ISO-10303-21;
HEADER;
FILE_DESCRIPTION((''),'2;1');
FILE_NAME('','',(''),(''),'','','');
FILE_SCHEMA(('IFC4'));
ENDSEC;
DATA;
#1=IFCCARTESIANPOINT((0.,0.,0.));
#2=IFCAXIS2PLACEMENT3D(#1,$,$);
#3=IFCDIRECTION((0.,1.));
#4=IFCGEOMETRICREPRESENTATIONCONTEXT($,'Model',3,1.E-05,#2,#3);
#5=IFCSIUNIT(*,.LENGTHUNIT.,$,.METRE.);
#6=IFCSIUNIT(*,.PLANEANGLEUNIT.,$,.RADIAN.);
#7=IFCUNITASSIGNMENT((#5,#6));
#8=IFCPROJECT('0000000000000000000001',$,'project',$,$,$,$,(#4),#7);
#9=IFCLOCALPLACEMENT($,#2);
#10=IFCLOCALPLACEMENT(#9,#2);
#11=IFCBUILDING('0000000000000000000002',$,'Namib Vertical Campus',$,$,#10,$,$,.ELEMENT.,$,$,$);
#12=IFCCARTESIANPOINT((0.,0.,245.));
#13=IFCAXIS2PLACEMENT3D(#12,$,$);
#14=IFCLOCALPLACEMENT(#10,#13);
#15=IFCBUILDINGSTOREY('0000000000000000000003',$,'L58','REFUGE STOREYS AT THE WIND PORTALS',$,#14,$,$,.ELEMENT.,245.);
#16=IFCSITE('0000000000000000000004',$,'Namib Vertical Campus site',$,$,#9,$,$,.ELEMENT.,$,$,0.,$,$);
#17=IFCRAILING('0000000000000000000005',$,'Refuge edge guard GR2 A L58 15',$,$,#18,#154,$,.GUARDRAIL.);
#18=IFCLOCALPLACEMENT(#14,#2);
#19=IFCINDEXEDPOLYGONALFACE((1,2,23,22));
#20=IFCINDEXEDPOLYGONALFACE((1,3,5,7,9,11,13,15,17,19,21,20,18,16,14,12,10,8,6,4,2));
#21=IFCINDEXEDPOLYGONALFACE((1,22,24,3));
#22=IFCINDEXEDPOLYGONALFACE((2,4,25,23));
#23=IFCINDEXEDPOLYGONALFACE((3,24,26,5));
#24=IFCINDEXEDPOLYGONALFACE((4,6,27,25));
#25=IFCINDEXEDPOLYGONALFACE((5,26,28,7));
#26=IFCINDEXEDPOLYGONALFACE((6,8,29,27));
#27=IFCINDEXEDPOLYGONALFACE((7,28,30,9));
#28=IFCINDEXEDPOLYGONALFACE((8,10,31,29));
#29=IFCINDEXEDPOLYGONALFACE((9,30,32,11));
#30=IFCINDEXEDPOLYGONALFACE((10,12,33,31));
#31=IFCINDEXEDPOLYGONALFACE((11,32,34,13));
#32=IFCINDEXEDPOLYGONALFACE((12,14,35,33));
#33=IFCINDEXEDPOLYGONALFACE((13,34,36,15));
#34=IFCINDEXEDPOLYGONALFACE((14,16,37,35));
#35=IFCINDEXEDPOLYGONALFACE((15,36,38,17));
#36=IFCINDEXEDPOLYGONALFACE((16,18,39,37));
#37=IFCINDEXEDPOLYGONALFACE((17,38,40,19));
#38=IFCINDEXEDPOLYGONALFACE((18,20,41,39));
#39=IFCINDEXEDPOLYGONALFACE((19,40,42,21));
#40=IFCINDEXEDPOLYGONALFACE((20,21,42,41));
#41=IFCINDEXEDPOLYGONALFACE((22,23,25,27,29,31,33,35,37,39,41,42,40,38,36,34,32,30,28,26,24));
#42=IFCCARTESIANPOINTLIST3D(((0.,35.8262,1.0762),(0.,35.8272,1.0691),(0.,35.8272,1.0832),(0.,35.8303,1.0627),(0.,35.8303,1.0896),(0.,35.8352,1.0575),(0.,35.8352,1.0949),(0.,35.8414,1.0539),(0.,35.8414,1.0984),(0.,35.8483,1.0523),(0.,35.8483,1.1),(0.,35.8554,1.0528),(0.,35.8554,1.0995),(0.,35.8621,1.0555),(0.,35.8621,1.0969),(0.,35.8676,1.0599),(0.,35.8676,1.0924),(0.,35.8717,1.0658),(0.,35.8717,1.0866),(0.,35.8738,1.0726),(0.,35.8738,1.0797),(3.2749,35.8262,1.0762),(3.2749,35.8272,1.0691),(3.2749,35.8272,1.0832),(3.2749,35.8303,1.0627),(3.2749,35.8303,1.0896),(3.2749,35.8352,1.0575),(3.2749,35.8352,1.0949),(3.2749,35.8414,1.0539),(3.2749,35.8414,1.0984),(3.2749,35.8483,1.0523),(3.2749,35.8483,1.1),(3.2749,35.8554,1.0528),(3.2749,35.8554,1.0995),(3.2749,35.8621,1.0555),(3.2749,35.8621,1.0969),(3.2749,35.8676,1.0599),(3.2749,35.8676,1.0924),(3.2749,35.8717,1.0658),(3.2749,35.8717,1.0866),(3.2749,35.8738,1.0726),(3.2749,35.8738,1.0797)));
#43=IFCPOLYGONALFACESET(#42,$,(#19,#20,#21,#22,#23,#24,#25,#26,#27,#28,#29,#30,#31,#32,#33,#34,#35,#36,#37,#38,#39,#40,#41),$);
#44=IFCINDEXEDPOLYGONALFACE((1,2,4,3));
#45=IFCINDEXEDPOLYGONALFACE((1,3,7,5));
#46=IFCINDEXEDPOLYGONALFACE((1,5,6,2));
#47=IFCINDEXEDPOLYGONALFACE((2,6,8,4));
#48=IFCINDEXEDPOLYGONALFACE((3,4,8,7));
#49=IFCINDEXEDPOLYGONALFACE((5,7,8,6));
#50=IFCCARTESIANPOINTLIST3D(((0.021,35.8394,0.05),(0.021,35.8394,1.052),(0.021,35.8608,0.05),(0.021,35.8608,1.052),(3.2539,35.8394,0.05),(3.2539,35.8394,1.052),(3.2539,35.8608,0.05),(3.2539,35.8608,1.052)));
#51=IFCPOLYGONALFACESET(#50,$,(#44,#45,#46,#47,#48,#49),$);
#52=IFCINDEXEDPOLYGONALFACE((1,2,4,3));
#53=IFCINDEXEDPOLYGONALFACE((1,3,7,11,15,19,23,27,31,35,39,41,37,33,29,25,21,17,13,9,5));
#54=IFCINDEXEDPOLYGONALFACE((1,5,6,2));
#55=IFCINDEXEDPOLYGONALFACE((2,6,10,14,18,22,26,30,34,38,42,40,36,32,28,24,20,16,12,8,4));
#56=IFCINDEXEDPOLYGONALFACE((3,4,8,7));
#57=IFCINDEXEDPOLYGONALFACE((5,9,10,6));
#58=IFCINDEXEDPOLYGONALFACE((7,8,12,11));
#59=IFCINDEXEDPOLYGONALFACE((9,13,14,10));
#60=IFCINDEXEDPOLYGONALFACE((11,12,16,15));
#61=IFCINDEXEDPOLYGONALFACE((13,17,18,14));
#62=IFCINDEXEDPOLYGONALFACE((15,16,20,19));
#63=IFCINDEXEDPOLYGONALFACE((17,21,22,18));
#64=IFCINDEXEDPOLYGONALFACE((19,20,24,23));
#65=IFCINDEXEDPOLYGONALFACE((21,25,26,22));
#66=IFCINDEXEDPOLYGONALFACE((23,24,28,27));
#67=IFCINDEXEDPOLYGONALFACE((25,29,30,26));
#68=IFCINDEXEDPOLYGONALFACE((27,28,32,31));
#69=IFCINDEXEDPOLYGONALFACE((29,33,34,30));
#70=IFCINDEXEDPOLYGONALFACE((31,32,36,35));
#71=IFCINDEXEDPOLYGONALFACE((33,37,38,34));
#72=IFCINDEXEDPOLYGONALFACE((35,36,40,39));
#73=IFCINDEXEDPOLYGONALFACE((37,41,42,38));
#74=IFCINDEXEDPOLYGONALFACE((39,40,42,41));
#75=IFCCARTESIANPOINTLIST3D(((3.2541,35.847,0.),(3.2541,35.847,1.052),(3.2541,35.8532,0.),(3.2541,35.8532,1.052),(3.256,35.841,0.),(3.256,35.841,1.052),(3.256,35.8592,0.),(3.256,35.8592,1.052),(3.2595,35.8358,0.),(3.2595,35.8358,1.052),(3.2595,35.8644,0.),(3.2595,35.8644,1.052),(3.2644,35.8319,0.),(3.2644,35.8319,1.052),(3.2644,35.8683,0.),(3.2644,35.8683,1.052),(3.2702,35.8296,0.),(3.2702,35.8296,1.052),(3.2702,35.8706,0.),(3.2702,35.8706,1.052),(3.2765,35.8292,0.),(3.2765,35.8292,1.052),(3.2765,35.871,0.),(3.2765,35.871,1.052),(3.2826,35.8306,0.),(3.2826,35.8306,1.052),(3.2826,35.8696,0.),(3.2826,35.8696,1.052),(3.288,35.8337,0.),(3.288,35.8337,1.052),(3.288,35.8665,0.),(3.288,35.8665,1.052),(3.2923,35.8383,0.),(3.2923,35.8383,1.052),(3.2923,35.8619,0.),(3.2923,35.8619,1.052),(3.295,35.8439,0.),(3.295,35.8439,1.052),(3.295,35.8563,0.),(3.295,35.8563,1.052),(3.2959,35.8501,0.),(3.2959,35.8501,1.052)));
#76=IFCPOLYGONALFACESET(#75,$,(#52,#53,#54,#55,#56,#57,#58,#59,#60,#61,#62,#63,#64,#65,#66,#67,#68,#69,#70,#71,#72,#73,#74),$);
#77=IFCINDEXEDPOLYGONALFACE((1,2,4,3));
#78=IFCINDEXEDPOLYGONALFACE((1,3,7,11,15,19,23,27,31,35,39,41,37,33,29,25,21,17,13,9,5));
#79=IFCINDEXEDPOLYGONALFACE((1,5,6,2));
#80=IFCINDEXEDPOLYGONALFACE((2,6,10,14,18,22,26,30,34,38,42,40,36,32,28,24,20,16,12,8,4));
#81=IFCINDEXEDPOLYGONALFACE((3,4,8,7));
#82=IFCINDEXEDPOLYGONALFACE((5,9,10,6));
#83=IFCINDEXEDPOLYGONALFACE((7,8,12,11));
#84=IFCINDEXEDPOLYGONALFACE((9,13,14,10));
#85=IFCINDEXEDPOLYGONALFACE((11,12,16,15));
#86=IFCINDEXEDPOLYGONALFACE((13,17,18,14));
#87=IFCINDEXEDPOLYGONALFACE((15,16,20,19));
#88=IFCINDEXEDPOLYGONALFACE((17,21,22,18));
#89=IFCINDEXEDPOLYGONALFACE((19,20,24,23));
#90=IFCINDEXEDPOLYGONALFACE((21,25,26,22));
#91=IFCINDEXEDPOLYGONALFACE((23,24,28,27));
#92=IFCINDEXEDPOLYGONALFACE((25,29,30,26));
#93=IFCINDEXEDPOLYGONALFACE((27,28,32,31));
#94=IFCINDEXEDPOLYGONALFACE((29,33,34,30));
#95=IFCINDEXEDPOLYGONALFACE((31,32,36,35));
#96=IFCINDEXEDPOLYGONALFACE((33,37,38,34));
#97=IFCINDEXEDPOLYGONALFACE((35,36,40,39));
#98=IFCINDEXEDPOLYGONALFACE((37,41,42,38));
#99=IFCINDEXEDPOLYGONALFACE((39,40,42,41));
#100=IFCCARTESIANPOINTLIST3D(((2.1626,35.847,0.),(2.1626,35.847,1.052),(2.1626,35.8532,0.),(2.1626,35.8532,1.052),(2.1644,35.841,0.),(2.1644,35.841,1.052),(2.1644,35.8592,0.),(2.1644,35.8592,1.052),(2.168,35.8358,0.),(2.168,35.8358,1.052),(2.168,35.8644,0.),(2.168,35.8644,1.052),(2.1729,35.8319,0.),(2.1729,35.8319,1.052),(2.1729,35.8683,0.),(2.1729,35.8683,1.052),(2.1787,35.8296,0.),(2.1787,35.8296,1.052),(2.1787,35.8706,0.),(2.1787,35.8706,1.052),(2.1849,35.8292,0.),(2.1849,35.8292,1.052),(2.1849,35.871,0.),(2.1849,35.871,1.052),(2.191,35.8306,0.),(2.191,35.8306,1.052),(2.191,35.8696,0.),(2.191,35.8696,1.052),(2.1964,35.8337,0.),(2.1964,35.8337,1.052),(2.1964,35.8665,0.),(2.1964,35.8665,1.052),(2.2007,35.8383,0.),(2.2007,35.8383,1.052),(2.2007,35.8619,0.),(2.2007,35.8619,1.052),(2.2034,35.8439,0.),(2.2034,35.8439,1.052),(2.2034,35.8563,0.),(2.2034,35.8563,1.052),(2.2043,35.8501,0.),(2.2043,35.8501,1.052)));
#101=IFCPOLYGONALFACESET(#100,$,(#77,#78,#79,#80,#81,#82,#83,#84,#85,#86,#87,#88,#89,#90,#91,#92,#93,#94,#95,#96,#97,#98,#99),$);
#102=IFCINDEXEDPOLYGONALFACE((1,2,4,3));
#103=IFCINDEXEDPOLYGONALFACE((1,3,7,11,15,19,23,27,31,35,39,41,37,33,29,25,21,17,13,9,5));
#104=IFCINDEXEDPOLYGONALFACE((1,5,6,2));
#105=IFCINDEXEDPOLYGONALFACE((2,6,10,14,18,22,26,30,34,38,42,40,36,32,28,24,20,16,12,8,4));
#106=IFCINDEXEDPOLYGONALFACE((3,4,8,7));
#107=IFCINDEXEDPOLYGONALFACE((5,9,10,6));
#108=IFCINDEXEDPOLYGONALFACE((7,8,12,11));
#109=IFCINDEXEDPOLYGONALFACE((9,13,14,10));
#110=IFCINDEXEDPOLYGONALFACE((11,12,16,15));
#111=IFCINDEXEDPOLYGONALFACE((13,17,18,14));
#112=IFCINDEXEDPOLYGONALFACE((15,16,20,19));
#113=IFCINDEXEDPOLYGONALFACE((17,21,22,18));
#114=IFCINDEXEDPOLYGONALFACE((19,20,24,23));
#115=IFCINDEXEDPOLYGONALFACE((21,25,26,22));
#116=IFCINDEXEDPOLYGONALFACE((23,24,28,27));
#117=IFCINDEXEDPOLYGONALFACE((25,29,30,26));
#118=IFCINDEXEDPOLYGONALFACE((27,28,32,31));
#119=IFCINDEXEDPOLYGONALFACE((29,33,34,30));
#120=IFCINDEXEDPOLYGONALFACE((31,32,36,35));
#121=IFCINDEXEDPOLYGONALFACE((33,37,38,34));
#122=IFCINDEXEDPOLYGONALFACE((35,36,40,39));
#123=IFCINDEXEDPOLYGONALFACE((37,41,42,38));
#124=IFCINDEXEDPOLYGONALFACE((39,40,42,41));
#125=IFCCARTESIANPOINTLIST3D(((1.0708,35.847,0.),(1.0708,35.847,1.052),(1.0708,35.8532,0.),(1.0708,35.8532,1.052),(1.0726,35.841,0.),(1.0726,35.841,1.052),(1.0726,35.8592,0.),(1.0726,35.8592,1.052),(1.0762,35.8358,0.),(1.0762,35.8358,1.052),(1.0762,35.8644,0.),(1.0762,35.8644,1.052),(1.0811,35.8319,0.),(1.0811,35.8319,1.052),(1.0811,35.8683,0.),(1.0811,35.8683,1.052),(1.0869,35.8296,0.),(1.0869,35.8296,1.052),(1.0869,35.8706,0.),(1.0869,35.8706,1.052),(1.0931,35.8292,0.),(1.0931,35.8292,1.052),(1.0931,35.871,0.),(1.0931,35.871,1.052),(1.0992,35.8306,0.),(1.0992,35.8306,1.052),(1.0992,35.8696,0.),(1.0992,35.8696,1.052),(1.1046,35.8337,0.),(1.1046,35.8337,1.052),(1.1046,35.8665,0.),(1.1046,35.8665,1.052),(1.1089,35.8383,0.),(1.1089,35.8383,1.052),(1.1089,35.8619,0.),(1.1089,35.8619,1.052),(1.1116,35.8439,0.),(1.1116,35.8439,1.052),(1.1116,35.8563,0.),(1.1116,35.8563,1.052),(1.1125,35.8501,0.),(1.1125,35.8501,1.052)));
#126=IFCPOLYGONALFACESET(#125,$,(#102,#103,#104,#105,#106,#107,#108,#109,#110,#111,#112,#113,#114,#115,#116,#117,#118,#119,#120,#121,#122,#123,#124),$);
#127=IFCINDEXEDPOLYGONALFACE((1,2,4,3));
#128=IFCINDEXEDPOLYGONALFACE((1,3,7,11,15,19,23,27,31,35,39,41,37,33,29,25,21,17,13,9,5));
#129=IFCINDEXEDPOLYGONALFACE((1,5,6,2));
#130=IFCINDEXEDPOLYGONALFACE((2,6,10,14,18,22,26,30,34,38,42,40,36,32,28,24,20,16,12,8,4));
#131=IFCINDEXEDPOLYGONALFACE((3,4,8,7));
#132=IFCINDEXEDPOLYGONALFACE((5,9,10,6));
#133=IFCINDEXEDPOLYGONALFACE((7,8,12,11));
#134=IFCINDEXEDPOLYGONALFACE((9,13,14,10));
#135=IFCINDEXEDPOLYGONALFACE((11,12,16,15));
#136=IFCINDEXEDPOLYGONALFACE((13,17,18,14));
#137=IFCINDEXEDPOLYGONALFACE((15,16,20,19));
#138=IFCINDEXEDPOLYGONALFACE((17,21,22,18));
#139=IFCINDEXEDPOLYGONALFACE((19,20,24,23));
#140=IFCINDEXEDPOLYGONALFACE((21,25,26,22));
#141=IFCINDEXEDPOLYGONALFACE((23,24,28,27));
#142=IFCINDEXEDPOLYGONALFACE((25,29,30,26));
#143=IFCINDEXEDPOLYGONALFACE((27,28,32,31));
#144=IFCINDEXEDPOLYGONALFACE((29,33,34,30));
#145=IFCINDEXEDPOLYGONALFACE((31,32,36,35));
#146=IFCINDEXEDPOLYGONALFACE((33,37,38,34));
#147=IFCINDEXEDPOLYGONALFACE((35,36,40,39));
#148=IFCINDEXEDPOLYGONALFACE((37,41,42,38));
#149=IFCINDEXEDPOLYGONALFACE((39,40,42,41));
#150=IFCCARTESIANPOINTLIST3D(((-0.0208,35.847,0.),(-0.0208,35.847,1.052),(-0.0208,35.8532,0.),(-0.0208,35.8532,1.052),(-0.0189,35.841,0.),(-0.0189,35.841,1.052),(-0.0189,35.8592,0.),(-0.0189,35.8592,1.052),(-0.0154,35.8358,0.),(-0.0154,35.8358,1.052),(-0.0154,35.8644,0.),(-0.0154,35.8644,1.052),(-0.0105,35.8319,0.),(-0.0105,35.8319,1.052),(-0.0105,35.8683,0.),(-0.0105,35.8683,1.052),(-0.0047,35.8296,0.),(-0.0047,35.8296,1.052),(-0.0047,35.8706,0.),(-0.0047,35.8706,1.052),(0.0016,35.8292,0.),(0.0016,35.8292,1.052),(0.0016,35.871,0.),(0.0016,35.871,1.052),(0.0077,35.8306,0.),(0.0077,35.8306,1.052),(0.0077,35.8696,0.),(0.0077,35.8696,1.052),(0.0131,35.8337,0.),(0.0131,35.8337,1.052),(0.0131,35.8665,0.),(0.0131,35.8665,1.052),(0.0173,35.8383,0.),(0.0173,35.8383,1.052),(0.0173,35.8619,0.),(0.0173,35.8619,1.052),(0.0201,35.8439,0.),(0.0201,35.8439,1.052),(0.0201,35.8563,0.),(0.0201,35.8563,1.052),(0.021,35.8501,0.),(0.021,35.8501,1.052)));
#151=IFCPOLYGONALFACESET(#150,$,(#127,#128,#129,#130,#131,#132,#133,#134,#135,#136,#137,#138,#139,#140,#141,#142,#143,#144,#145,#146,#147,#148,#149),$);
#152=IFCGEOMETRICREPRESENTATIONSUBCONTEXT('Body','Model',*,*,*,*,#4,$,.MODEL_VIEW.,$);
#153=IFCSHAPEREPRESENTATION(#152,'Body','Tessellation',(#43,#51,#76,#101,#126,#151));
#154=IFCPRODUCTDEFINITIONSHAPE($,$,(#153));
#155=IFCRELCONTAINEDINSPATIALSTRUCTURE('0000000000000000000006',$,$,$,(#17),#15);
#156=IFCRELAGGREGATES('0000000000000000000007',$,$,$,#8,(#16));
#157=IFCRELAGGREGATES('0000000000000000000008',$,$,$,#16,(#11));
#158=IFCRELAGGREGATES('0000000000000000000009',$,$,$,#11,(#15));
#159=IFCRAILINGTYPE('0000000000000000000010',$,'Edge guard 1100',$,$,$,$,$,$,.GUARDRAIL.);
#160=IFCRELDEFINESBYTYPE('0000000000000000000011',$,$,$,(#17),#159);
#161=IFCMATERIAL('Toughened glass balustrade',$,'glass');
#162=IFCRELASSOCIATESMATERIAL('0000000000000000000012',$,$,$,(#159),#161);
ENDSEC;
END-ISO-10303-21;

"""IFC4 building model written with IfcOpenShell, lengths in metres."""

from ifc_helpers import new_model, si_unit, direction, frame, origin, origin_2d, place, context, subcontext, project, spatial, polyline, circle, outline, extrude, material, type_object, element, save


model = new_model("IFC4")

# Units and contexts
model_context = context("Model", 3, precision=1e-05, world=origin(), true_north=direction((0.0, 1.0)))
body_context = subcontext(model_context, "Body", "Model", "MODEL_VIEW")
ifc_project = project(units=[si_unit("LENGTHUNIT", "METRE"), si_unit("PLANEANGLEUNIT", "RADIAN")], contexts=[model_context])

# Site, building, storey
site_placement = place(None, origin())
site = spatial("IfcSite", under=ifc_project, at=site_placement, Name="Namib Vertical Campus site", CompositionType="ELEMENT", RefElevation=0.0)
building_placement = place(site_placement, origin())
building = spatial("IfcBuilding", under=site, at=building_placement, Name="Namib Vertical Campus", CompositionType="ELEMENT")
storey_placement = place(building_placement, frame((0.0, 0.0, 245.0)))
storey = spatial("IfcBuildingStorey", under=building, at=storey_placement, Name="L58", Description="REFUGE STOREYS AT THE WIND PORTALS", CompositionType="ELEMENT", Elevation=245.0)

# Railing
ifc_material_1 = material(Name="Toughened glass balustrade", Category="glass")
railing_type = type_object("IfcRailingType", Name="Edge guard 1100", PredefinedType="GUARDRAIL", material=ifc_material_1)
railing_1_placement = place(storey_placement, frame((3.2749, 35.8501, 0.0)))
element("IfcRailing", 1, at=railing_1_placement, inside=storey, type_object=railing_type, Name="Refuge edge guard GR2 A L58 15", PredefinedType="GUARDRAIL", context=body_context, shape_type="SweptSolid", body=[
    extrude(circle(Radius=0.0239, at=origin_2d()), frame((0.0, 0.0, 1.0762), z_axis=(-1.0, 0.0, 0.0), x_axis=(0.0, -1.0, 0.0)), (0.0, 0.0, 1.0), 3.2749),
    extrude(outline(polyline([(0.021, 0.05), (3.2539, 0.05), (3.2539, 1.052), (0.021, 1.052), (0.021, 0.05)])), frame((0.0, -0.0107, 0.0), z_axis=(0.0, 1.0, 0.0), x_axis=(-1.0, 0.0, 0.0)), (0.0, 0.0, 1.0), 0.0215),
    extrude(circle(Radius=0.021, at=origin_2d()), origin(), (0.0, 0.0, 1.0), 1.052),
    extrude(circle(Radius=0.021, at=origin_2d()), frame((-1.0916, 0.0, 0.0)), (0.0, 0.0, 1.0), 1.052),
    extrude(circle(Radius=0.021, at=origin_2d()), frame((-2.1833, 0.0, 0.0)), (0.0, 0.0, 1.0), 1.052),
    extrude(circle(Radius=0.021, at=origin_2d()), frame((-3.2749, 0.0, 0.0)), (0.0, 0.0, 1.0), 1.052),
])

save(model, "model.ifc")
